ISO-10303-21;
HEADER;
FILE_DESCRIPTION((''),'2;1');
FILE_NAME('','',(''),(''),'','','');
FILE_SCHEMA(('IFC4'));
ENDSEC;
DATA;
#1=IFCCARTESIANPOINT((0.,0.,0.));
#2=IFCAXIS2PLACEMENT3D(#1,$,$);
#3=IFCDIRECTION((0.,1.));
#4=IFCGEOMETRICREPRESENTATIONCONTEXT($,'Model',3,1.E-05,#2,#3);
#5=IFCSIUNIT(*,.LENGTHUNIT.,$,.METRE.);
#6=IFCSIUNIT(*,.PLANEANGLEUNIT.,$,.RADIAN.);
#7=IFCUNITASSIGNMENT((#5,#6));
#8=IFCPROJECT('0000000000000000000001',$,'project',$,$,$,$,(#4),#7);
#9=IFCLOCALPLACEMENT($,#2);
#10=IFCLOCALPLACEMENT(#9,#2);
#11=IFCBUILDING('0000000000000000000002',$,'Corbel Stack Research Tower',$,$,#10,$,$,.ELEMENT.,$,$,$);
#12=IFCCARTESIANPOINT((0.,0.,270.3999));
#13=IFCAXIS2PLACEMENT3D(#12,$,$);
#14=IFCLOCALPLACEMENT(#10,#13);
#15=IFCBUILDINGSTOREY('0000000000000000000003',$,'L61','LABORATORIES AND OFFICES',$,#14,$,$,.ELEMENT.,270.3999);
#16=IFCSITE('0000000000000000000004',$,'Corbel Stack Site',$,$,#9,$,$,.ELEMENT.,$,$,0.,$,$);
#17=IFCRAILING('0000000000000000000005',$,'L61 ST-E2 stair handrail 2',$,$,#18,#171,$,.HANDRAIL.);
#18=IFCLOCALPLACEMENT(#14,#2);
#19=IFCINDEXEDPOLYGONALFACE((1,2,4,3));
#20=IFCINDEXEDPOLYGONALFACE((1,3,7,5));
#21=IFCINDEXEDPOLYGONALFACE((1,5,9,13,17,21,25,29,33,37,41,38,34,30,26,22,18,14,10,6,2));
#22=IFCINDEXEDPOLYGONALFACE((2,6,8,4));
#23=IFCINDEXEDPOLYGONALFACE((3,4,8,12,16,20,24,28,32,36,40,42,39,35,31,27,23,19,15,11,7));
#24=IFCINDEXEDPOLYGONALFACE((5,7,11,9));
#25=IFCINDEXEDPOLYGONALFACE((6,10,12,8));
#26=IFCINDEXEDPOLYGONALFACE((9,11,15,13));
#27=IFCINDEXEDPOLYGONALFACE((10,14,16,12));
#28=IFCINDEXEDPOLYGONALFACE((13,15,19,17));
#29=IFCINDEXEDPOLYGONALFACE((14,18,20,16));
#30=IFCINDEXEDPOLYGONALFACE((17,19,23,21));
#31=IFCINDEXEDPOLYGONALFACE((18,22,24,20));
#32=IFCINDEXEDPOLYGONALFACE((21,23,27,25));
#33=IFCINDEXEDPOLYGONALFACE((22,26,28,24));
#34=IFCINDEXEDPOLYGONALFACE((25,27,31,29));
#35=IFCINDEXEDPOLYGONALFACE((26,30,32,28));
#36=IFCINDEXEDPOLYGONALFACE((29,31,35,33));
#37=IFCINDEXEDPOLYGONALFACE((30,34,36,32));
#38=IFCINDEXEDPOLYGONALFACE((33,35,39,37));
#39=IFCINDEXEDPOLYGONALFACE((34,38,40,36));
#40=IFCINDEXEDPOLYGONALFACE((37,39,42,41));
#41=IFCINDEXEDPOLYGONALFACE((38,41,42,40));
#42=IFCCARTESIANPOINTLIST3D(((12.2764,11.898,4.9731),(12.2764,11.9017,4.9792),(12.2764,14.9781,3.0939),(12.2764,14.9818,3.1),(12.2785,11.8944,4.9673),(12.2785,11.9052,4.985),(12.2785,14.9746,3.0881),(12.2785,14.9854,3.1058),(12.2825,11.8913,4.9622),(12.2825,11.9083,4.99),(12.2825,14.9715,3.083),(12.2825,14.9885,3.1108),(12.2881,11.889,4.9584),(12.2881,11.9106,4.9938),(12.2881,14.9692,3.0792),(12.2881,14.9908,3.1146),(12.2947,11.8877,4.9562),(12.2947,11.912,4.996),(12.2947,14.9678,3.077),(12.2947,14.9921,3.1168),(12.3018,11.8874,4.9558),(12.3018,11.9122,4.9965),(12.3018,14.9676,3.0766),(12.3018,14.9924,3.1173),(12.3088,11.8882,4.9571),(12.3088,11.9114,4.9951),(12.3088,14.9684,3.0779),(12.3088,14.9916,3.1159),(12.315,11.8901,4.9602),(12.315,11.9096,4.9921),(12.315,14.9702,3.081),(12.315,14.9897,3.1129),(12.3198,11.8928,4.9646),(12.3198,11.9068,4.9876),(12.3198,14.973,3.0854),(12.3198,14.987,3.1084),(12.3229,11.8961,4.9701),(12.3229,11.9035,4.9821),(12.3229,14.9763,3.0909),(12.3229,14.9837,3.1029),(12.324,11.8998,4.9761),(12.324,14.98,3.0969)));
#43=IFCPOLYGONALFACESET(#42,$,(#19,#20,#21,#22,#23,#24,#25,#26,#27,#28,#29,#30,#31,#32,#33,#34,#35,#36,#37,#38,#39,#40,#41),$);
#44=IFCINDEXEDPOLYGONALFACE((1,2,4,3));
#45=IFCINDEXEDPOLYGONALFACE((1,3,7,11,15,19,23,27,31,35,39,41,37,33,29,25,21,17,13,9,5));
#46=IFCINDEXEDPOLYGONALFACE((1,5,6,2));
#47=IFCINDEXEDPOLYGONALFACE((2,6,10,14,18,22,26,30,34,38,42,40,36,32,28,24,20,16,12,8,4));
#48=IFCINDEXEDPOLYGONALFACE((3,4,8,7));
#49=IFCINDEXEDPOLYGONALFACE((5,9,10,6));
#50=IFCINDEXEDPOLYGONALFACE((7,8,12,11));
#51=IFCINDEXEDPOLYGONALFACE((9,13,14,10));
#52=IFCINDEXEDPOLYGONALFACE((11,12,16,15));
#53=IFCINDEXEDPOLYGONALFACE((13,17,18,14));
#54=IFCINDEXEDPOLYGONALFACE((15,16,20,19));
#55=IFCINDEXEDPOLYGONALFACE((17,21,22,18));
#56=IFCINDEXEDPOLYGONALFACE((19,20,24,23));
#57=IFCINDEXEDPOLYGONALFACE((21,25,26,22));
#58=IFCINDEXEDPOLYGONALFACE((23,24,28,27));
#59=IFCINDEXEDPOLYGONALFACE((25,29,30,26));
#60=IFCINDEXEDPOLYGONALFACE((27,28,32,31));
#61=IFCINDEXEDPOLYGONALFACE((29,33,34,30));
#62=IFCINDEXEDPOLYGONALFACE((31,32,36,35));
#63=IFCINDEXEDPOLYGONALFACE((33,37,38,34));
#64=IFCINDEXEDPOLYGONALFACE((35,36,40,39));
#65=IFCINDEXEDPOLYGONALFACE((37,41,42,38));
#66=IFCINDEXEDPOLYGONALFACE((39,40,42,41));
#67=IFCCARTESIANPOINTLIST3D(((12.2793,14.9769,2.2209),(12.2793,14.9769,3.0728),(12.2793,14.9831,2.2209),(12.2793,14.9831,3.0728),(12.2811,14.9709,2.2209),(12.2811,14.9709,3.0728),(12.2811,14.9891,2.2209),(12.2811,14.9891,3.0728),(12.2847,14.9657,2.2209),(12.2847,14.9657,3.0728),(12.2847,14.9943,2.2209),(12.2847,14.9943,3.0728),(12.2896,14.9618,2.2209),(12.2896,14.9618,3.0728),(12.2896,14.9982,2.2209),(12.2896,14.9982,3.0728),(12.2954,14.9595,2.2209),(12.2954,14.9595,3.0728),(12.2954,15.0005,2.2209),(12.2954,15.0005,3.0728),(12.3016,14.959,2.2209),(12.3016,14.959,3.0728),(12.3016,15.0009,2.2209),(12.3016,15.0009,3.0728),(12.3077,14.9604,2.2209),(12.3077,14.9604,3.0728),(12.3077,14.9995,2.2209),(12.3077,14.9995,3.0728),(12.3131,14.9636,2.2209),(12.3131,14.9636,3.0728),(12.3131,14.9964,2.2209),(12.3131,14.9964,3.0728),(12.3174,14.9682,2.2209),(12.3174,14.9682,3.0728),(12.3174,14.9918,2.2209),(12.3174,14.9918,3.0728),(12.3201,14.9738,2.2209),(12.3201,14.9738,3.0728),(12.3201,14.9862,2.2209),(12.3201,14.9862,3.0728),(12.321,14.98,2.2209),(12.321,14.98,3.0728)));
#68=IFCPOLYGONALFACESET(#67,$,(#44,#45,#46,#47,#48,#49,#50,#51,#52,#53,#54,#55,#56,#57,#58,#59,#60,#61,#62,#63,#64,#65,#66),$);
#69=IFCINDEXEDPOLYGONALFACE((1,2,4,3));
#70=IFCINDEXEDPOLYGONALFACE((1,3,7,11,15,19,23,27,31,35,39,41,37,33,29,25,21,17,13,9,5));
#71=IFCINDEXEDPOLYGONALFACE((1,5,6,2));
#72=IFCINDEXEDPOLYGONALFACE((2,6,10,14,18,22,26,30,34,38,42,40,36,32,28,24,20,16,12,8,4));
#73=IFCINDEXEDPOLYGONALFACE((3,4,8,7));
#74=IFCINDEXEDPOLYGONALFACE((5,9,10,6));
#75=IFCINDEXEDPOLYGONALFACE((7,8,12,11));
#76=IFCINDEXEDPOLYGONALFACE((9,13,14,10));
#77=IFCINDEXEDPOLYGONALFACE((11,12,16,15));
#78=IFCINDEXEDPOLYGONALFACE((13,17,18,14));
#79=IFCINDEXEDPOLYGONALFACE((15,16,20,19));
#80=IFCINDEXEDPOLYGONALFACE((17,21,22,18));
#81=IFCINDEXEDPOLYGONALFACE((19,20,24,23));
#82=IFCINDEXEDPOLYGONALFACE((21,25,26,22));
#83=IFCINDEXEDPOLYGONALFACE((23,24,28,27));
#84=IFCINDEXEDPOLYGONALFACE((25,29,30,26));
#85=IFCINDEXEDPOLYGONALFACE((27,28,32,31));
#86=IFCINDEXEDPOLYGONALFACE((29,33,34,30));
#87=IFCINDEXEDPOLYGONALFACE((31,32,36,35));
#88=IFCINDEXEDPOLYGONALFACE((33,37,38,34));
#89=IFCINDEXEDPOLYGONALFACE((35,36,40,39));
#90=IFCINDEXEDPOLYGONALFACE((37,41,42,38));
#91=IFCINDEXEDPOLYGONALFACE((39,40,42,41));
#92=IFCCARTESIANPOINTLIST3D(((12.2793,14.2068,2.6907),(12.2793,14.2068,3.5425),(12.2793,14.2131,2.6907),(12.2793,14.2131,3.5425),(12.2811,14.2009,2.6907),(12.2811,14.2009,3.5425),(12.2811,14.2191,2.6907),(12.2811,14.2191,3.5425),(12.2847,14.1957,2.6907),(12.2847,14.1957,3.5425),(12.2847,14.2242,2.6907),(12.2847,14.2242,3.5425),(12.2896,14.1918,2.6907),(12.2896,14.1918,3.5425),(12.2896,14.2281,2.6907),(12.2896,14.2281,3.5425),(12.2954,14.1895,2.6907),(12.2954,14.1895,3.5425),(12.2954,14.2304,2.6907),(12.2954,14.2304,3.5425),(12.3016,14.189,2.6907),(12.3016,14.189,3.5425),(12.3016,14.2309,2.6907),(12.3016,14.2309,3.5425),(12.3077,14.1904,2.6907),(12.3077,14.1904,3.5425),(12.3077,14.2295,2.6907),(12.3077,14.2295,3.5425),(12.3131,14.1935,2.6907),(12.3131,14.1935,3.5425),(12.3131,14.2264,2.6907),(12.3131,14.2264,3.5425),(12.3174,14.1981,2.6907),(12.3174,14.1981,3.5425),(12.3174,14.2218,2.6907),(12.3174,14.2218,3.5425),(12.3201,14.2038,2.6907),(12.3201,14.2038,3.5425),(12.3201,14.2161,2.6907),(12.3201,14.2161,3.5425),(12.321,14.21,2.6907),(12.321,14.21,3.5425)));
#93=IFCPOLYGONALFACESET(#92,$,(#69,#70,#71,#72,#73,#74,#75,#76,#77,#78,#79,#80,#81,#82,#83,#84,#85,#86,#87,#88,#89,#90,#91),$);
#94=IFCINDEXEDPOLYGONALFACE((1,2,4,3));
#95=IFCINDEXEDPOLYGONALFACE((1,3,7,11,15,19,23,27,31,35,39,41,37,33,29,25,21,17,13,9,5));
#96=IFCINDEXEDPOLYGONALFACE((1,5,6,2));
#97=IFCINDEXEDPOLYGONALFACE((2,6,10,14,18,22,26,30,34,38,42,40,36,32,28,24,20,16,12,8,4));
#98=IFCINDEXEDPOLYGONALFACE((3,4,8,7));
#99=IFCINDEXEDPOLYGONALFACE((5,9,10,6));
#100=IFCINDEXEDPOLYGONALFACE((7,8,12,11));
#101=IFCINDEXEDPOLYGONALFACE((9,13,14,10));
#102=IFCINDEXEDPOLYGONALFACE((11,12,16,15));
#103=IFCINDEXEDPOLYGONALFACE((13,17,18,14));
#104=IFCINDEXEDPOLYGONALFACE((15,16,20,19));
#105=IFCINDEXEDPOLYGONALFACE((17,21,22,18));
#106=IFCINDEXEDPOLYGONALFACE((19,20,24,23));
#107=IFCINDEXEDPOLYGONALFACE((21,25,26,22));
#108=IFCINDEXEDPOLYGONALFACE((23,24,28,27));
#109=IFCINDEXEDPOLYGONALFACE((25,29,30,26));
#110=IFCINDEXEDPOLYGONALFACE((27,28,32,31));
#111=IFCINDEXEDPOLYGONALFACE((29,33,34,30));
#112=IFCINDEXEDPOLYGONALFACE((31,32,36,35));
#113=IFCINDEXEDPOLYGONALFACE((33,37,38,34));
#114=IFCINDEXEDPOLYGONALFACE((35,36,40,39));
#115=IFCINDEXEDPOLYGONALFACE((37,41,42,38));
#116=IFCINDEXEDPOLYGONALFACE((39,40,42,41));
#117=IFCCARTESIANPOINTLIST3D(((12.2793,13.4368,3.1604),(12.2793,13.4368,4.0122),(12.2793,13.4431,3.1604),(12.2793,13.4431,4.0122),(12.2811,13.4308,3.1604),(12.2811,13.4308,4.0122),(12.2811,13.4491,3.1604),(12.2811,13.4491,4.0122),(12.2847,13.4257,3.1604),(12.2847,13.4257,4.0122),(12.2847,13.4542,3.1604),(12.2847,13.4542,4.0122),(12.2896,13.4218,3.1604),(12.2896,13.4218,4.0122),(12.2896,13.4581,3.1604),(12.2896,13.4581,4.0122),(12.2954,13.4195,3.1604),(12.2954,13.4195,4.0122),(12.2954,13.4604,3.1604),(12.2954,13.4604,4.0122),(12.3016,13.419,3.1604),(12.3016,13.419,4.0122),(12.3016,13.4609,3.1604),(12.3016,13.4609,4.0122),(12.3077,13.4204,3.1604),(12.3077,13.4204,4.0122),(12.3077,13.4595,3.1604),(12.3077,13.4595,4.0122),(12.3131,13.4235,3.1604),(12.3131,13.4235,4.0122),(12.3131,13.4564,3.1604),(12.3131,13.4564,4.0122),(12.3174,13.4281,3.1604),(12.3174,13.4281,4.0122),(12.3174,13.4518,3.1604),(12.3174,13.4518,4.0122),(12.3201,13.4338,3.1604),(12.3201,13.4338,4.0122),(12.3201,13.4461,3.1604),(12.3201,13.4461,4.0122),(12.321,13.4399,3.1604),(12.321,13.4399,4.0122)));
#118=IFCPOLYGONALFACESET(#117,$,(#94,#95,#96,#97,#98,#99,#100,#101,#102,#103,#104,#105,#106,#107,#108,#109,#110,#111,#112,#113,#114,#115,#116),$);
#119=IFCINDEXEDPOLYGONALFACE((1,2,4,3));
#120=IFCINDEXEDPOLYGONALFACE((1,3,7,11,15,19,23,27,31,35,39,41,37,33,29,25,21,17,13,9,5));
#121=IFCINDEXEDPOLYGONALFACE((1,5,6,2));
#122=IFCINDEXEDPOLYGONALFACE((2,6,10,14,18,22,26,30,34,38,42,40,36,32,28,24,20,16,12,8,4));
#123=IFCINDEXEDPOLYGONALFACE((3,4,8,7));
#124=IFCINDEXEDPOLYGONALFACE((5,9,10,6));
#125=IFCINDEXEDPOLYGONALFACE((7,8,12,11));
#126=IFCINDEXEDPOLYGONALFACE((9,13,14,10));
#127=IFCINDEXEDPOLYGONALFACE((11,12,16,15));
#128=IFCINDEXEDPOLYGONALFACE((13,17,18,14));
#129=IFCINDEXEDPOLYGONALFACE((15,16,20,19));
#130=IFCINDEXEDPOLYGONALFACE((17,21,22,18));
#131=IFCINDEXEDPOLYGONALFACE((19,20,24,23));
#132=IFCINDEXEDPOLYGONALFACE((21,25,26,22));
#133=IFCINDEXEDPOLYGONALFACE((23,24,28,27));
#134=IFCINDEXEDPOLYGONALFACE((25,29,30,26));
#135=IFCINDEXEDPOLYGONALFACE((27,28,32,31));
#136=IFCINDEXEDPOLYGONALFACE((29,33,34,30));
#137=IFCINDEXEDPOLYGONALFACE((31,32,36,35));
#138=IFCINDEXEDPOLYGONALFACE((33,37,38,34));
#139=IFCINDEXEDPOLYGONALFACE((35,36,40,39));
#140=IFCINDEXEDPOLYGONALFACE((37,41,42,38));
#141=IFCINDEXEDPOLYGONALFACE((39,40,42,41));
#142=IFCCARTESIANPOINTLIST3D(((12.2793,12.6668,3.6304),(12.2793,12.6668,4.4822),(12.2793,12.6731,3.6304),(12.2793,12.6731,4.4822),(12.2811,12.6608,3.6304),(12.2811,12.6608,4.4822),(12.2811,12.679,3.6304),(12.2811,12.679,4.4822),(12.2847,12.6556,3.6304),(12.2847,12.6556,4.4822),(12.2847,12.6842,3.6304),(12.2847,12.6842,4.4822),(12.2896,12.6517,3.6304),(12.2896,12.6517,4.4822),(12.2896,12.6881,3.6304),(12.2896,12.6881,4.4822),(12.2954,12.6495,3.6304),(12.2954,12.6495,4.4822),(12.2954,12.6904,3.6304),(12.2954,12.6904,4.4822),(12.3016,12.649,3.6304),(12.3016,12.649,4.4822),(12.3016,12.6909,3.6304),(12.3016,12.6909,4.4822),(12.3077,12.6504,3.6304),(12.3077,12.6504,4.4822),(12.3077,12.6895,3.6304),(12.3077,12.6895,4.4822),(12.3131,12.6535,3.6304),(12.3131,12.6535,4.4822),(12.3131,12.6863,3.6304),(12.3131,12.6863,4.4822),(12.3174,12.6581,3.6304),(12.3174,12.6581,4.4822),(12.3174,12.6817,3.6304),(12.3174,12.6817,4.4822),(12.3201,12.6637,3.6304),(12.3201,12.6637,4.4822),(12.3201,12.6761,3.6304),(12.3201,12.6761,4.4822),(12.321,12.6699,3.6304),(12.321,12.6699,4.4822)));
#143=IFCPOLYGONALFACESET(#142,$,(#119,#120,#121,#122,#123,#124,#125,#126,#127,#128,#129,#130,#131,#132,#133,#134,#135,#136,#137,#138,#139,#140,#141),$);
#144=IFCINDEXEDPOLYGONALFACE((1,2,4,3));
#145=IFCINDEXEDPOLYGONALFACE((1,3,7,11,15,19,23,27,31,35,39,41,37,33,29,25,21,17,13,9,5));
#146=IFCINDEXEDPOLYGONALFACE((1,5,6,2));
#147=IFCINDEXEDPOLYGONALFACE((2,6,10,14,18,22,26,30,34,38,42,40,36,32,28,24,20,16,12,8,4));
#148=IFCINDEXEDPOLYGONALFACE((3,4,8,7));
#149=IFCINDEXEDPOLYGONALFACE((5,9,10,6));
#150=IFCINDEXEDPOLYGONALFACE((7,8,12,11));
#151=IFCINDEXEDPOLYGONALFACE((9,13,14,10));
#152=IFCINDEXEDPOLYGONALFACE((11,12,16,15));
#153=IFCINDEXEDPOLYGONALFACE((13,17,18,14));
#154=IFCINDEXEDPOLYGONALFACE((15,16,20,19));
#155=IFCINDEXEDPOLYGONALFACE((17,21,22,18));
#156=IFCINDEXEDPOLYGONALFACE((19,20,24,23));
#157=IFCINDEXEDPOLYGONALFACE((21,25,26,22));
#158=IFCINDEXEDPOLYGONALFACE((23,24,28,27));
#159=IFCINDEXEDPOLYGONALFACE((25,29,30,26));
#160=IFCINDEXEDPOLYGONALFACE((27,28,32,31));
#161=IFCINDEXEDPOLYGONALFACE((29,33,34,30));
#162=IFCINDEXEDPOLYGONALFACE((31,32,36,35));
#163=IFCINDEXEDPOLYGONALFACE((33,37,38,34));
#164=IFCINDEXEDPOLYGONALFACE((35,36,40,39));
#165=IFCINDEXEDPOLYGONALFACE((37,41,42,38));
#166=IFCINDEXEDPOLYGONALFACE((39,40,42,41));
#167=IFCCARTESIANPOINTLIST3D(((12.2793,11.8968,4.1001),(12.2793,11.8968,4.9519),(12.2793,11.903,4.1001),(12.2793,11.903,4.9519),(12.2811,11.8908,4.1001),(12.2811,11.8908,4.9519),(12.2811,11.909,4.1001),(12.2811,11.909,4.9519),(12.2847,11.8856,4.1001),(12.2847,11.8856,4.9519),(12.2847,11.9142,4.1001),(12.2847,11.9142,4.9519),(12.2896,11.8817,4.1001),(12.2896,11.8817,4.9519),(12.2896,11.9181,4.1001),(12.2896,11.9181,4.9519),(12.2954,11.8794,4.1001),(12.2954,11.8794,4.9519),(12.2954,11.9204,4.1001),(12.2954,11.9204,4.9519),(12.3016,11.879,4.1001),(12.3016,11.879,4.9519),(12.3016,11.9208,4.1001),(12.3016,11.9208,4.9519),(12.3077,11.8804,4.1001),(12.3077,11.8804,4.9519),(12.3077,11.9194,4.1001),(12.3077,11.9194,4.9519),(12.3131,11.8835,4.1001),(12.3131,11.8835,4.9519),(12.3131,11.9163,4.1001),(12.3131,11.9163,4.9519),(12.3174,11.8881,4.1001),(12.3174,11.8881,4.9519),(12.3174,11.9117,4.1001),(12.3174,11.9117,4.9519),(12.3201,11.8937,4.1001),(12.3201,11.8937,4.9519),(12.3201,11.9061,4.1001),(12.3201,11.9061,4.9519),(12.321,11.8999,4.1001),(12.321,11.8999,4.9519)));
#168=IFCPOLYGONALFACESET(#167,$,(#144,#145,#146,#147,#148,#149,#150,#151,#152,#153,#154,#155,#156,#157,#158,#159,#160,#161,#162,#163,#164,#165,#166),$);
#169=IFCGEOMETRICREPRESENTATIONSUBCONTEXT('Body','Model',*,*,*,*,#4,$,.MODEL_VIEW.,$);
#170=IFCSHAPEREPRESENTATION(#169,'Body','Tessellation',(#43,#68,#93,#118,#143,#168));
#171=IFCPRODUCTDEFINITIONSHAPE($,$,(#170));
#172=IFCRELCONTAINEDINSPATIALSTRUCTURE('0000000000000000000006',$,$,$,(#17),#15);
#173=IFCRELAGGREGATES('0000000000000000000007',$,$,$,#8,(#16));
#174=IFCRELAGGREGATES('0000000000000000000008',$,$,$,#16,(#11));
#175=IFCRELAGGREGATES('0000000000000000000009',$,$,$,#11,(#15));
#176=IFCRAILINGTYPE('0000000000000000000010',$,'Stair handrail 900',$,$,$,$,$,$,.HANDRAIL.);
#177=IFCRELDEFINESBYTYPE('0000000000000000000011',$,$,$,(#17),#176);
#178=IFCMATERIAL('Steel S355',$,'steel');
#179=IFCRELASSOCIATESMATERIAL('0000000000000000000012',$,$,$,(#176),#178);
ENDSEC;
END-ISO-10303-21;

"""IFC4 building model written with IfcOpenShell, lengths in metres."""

from ifc_helpers import new_model, si_unit, direction, frame, origin, origin_2d, place, context, subcontext, project, spatial, circle, extrude, material, type_object, element, save


model = new_model("IFC4")

# Units and contexts
model_context = context("Model", 3, precision=1e-05, world=origin(), true_north=direction((0.0, 1.0)))
body_context = subcontext(model_context, "Body", "Model", "MODEL_VIEW")
ifc_project = project(units=[si_unit("LENGTHUNIT", "METRE"), si_unit("PLANEANGLEUNIT", "RADIAN")], contexts=[model_context])

# Site, building, storey
site_placement = place(None, origin())
site = spatial("IfcSite", under=ifc_project, at=site_placement, Name="Corbel Stack Site", CompositionType="ELEMENT", RefElevation=0.0)
building_placement = place(site_placement, origin())
building = spatial("IfcBuilding", under=site, at=building_placement, Name="Corbel Stack Research Tower", CompositionType="ELEMENT")
storey_placement = place(building_placement, frame((0.0, 0.0, 270.3999)))
storey = spatial("IfcBuildingStorey", under=building, at=storey_placement, Name="L61", Description="LABORATORIES AND OFFICES", CompositionType="ELEMENT", Elevation=270.3999)

# Railing
ifc_material_1 = material(Name="Steel S355", Category="steel")
railing_type = type_object("IfcRailingType", Name="Stair handrail 900", PredefinedType="HANDRAIL", material=ifc_material_1)
railing_placement = place(storey_placement, frame((12.3, 14.98, 2.2209)))
element("IfcRailing", 1, at=railing_placement, inside=storey, type_object=railing_type, Name="L61 ST-E2 stair handrail 2", PredefinedType="HANDRAIL", context=body_context, shape_type="SweptSolid", body=[
    extrude(circle(Radius=0.0239, at=origin_2d()), frame((0.0, 0.0, 0.876), z_axis=(0.0, -0.853666, 0.52082), x_axis=(1.0, 0.0, 0.0)), (0.0, 0.0, 1.0), 3.6082),
    extrude(circle(Radius=0.021, at=origin_2d()), origin(), (0.0, 0.0, 1.0), 0.8518),
    extrude(circle(Radius=0.021, at=origin_2d()), frame((0.0, -0.77, 0.4697)), (0.0, 0.0, 1.0), 0.8518),
    extrude(circle(Radius=0.021, at=origin_2d()), frame((0.0, -1.54, 0.9395)), (0.0, 0.0, 1.0), 0.8518),
    extrude(circle(Radius=0.021, at=origin_2d()), frame((0.0, -2.3101, 1.4094)), (0.0, 0.0, 1.0), 0.8518),
    extrude(circle(Radius=0.021, at=origin_2d()), frame((0.0, -3.0801, 1.8792)), (0.0, 0.0, 1.0), 0.8518),
])

save(model, "model.ifc")
